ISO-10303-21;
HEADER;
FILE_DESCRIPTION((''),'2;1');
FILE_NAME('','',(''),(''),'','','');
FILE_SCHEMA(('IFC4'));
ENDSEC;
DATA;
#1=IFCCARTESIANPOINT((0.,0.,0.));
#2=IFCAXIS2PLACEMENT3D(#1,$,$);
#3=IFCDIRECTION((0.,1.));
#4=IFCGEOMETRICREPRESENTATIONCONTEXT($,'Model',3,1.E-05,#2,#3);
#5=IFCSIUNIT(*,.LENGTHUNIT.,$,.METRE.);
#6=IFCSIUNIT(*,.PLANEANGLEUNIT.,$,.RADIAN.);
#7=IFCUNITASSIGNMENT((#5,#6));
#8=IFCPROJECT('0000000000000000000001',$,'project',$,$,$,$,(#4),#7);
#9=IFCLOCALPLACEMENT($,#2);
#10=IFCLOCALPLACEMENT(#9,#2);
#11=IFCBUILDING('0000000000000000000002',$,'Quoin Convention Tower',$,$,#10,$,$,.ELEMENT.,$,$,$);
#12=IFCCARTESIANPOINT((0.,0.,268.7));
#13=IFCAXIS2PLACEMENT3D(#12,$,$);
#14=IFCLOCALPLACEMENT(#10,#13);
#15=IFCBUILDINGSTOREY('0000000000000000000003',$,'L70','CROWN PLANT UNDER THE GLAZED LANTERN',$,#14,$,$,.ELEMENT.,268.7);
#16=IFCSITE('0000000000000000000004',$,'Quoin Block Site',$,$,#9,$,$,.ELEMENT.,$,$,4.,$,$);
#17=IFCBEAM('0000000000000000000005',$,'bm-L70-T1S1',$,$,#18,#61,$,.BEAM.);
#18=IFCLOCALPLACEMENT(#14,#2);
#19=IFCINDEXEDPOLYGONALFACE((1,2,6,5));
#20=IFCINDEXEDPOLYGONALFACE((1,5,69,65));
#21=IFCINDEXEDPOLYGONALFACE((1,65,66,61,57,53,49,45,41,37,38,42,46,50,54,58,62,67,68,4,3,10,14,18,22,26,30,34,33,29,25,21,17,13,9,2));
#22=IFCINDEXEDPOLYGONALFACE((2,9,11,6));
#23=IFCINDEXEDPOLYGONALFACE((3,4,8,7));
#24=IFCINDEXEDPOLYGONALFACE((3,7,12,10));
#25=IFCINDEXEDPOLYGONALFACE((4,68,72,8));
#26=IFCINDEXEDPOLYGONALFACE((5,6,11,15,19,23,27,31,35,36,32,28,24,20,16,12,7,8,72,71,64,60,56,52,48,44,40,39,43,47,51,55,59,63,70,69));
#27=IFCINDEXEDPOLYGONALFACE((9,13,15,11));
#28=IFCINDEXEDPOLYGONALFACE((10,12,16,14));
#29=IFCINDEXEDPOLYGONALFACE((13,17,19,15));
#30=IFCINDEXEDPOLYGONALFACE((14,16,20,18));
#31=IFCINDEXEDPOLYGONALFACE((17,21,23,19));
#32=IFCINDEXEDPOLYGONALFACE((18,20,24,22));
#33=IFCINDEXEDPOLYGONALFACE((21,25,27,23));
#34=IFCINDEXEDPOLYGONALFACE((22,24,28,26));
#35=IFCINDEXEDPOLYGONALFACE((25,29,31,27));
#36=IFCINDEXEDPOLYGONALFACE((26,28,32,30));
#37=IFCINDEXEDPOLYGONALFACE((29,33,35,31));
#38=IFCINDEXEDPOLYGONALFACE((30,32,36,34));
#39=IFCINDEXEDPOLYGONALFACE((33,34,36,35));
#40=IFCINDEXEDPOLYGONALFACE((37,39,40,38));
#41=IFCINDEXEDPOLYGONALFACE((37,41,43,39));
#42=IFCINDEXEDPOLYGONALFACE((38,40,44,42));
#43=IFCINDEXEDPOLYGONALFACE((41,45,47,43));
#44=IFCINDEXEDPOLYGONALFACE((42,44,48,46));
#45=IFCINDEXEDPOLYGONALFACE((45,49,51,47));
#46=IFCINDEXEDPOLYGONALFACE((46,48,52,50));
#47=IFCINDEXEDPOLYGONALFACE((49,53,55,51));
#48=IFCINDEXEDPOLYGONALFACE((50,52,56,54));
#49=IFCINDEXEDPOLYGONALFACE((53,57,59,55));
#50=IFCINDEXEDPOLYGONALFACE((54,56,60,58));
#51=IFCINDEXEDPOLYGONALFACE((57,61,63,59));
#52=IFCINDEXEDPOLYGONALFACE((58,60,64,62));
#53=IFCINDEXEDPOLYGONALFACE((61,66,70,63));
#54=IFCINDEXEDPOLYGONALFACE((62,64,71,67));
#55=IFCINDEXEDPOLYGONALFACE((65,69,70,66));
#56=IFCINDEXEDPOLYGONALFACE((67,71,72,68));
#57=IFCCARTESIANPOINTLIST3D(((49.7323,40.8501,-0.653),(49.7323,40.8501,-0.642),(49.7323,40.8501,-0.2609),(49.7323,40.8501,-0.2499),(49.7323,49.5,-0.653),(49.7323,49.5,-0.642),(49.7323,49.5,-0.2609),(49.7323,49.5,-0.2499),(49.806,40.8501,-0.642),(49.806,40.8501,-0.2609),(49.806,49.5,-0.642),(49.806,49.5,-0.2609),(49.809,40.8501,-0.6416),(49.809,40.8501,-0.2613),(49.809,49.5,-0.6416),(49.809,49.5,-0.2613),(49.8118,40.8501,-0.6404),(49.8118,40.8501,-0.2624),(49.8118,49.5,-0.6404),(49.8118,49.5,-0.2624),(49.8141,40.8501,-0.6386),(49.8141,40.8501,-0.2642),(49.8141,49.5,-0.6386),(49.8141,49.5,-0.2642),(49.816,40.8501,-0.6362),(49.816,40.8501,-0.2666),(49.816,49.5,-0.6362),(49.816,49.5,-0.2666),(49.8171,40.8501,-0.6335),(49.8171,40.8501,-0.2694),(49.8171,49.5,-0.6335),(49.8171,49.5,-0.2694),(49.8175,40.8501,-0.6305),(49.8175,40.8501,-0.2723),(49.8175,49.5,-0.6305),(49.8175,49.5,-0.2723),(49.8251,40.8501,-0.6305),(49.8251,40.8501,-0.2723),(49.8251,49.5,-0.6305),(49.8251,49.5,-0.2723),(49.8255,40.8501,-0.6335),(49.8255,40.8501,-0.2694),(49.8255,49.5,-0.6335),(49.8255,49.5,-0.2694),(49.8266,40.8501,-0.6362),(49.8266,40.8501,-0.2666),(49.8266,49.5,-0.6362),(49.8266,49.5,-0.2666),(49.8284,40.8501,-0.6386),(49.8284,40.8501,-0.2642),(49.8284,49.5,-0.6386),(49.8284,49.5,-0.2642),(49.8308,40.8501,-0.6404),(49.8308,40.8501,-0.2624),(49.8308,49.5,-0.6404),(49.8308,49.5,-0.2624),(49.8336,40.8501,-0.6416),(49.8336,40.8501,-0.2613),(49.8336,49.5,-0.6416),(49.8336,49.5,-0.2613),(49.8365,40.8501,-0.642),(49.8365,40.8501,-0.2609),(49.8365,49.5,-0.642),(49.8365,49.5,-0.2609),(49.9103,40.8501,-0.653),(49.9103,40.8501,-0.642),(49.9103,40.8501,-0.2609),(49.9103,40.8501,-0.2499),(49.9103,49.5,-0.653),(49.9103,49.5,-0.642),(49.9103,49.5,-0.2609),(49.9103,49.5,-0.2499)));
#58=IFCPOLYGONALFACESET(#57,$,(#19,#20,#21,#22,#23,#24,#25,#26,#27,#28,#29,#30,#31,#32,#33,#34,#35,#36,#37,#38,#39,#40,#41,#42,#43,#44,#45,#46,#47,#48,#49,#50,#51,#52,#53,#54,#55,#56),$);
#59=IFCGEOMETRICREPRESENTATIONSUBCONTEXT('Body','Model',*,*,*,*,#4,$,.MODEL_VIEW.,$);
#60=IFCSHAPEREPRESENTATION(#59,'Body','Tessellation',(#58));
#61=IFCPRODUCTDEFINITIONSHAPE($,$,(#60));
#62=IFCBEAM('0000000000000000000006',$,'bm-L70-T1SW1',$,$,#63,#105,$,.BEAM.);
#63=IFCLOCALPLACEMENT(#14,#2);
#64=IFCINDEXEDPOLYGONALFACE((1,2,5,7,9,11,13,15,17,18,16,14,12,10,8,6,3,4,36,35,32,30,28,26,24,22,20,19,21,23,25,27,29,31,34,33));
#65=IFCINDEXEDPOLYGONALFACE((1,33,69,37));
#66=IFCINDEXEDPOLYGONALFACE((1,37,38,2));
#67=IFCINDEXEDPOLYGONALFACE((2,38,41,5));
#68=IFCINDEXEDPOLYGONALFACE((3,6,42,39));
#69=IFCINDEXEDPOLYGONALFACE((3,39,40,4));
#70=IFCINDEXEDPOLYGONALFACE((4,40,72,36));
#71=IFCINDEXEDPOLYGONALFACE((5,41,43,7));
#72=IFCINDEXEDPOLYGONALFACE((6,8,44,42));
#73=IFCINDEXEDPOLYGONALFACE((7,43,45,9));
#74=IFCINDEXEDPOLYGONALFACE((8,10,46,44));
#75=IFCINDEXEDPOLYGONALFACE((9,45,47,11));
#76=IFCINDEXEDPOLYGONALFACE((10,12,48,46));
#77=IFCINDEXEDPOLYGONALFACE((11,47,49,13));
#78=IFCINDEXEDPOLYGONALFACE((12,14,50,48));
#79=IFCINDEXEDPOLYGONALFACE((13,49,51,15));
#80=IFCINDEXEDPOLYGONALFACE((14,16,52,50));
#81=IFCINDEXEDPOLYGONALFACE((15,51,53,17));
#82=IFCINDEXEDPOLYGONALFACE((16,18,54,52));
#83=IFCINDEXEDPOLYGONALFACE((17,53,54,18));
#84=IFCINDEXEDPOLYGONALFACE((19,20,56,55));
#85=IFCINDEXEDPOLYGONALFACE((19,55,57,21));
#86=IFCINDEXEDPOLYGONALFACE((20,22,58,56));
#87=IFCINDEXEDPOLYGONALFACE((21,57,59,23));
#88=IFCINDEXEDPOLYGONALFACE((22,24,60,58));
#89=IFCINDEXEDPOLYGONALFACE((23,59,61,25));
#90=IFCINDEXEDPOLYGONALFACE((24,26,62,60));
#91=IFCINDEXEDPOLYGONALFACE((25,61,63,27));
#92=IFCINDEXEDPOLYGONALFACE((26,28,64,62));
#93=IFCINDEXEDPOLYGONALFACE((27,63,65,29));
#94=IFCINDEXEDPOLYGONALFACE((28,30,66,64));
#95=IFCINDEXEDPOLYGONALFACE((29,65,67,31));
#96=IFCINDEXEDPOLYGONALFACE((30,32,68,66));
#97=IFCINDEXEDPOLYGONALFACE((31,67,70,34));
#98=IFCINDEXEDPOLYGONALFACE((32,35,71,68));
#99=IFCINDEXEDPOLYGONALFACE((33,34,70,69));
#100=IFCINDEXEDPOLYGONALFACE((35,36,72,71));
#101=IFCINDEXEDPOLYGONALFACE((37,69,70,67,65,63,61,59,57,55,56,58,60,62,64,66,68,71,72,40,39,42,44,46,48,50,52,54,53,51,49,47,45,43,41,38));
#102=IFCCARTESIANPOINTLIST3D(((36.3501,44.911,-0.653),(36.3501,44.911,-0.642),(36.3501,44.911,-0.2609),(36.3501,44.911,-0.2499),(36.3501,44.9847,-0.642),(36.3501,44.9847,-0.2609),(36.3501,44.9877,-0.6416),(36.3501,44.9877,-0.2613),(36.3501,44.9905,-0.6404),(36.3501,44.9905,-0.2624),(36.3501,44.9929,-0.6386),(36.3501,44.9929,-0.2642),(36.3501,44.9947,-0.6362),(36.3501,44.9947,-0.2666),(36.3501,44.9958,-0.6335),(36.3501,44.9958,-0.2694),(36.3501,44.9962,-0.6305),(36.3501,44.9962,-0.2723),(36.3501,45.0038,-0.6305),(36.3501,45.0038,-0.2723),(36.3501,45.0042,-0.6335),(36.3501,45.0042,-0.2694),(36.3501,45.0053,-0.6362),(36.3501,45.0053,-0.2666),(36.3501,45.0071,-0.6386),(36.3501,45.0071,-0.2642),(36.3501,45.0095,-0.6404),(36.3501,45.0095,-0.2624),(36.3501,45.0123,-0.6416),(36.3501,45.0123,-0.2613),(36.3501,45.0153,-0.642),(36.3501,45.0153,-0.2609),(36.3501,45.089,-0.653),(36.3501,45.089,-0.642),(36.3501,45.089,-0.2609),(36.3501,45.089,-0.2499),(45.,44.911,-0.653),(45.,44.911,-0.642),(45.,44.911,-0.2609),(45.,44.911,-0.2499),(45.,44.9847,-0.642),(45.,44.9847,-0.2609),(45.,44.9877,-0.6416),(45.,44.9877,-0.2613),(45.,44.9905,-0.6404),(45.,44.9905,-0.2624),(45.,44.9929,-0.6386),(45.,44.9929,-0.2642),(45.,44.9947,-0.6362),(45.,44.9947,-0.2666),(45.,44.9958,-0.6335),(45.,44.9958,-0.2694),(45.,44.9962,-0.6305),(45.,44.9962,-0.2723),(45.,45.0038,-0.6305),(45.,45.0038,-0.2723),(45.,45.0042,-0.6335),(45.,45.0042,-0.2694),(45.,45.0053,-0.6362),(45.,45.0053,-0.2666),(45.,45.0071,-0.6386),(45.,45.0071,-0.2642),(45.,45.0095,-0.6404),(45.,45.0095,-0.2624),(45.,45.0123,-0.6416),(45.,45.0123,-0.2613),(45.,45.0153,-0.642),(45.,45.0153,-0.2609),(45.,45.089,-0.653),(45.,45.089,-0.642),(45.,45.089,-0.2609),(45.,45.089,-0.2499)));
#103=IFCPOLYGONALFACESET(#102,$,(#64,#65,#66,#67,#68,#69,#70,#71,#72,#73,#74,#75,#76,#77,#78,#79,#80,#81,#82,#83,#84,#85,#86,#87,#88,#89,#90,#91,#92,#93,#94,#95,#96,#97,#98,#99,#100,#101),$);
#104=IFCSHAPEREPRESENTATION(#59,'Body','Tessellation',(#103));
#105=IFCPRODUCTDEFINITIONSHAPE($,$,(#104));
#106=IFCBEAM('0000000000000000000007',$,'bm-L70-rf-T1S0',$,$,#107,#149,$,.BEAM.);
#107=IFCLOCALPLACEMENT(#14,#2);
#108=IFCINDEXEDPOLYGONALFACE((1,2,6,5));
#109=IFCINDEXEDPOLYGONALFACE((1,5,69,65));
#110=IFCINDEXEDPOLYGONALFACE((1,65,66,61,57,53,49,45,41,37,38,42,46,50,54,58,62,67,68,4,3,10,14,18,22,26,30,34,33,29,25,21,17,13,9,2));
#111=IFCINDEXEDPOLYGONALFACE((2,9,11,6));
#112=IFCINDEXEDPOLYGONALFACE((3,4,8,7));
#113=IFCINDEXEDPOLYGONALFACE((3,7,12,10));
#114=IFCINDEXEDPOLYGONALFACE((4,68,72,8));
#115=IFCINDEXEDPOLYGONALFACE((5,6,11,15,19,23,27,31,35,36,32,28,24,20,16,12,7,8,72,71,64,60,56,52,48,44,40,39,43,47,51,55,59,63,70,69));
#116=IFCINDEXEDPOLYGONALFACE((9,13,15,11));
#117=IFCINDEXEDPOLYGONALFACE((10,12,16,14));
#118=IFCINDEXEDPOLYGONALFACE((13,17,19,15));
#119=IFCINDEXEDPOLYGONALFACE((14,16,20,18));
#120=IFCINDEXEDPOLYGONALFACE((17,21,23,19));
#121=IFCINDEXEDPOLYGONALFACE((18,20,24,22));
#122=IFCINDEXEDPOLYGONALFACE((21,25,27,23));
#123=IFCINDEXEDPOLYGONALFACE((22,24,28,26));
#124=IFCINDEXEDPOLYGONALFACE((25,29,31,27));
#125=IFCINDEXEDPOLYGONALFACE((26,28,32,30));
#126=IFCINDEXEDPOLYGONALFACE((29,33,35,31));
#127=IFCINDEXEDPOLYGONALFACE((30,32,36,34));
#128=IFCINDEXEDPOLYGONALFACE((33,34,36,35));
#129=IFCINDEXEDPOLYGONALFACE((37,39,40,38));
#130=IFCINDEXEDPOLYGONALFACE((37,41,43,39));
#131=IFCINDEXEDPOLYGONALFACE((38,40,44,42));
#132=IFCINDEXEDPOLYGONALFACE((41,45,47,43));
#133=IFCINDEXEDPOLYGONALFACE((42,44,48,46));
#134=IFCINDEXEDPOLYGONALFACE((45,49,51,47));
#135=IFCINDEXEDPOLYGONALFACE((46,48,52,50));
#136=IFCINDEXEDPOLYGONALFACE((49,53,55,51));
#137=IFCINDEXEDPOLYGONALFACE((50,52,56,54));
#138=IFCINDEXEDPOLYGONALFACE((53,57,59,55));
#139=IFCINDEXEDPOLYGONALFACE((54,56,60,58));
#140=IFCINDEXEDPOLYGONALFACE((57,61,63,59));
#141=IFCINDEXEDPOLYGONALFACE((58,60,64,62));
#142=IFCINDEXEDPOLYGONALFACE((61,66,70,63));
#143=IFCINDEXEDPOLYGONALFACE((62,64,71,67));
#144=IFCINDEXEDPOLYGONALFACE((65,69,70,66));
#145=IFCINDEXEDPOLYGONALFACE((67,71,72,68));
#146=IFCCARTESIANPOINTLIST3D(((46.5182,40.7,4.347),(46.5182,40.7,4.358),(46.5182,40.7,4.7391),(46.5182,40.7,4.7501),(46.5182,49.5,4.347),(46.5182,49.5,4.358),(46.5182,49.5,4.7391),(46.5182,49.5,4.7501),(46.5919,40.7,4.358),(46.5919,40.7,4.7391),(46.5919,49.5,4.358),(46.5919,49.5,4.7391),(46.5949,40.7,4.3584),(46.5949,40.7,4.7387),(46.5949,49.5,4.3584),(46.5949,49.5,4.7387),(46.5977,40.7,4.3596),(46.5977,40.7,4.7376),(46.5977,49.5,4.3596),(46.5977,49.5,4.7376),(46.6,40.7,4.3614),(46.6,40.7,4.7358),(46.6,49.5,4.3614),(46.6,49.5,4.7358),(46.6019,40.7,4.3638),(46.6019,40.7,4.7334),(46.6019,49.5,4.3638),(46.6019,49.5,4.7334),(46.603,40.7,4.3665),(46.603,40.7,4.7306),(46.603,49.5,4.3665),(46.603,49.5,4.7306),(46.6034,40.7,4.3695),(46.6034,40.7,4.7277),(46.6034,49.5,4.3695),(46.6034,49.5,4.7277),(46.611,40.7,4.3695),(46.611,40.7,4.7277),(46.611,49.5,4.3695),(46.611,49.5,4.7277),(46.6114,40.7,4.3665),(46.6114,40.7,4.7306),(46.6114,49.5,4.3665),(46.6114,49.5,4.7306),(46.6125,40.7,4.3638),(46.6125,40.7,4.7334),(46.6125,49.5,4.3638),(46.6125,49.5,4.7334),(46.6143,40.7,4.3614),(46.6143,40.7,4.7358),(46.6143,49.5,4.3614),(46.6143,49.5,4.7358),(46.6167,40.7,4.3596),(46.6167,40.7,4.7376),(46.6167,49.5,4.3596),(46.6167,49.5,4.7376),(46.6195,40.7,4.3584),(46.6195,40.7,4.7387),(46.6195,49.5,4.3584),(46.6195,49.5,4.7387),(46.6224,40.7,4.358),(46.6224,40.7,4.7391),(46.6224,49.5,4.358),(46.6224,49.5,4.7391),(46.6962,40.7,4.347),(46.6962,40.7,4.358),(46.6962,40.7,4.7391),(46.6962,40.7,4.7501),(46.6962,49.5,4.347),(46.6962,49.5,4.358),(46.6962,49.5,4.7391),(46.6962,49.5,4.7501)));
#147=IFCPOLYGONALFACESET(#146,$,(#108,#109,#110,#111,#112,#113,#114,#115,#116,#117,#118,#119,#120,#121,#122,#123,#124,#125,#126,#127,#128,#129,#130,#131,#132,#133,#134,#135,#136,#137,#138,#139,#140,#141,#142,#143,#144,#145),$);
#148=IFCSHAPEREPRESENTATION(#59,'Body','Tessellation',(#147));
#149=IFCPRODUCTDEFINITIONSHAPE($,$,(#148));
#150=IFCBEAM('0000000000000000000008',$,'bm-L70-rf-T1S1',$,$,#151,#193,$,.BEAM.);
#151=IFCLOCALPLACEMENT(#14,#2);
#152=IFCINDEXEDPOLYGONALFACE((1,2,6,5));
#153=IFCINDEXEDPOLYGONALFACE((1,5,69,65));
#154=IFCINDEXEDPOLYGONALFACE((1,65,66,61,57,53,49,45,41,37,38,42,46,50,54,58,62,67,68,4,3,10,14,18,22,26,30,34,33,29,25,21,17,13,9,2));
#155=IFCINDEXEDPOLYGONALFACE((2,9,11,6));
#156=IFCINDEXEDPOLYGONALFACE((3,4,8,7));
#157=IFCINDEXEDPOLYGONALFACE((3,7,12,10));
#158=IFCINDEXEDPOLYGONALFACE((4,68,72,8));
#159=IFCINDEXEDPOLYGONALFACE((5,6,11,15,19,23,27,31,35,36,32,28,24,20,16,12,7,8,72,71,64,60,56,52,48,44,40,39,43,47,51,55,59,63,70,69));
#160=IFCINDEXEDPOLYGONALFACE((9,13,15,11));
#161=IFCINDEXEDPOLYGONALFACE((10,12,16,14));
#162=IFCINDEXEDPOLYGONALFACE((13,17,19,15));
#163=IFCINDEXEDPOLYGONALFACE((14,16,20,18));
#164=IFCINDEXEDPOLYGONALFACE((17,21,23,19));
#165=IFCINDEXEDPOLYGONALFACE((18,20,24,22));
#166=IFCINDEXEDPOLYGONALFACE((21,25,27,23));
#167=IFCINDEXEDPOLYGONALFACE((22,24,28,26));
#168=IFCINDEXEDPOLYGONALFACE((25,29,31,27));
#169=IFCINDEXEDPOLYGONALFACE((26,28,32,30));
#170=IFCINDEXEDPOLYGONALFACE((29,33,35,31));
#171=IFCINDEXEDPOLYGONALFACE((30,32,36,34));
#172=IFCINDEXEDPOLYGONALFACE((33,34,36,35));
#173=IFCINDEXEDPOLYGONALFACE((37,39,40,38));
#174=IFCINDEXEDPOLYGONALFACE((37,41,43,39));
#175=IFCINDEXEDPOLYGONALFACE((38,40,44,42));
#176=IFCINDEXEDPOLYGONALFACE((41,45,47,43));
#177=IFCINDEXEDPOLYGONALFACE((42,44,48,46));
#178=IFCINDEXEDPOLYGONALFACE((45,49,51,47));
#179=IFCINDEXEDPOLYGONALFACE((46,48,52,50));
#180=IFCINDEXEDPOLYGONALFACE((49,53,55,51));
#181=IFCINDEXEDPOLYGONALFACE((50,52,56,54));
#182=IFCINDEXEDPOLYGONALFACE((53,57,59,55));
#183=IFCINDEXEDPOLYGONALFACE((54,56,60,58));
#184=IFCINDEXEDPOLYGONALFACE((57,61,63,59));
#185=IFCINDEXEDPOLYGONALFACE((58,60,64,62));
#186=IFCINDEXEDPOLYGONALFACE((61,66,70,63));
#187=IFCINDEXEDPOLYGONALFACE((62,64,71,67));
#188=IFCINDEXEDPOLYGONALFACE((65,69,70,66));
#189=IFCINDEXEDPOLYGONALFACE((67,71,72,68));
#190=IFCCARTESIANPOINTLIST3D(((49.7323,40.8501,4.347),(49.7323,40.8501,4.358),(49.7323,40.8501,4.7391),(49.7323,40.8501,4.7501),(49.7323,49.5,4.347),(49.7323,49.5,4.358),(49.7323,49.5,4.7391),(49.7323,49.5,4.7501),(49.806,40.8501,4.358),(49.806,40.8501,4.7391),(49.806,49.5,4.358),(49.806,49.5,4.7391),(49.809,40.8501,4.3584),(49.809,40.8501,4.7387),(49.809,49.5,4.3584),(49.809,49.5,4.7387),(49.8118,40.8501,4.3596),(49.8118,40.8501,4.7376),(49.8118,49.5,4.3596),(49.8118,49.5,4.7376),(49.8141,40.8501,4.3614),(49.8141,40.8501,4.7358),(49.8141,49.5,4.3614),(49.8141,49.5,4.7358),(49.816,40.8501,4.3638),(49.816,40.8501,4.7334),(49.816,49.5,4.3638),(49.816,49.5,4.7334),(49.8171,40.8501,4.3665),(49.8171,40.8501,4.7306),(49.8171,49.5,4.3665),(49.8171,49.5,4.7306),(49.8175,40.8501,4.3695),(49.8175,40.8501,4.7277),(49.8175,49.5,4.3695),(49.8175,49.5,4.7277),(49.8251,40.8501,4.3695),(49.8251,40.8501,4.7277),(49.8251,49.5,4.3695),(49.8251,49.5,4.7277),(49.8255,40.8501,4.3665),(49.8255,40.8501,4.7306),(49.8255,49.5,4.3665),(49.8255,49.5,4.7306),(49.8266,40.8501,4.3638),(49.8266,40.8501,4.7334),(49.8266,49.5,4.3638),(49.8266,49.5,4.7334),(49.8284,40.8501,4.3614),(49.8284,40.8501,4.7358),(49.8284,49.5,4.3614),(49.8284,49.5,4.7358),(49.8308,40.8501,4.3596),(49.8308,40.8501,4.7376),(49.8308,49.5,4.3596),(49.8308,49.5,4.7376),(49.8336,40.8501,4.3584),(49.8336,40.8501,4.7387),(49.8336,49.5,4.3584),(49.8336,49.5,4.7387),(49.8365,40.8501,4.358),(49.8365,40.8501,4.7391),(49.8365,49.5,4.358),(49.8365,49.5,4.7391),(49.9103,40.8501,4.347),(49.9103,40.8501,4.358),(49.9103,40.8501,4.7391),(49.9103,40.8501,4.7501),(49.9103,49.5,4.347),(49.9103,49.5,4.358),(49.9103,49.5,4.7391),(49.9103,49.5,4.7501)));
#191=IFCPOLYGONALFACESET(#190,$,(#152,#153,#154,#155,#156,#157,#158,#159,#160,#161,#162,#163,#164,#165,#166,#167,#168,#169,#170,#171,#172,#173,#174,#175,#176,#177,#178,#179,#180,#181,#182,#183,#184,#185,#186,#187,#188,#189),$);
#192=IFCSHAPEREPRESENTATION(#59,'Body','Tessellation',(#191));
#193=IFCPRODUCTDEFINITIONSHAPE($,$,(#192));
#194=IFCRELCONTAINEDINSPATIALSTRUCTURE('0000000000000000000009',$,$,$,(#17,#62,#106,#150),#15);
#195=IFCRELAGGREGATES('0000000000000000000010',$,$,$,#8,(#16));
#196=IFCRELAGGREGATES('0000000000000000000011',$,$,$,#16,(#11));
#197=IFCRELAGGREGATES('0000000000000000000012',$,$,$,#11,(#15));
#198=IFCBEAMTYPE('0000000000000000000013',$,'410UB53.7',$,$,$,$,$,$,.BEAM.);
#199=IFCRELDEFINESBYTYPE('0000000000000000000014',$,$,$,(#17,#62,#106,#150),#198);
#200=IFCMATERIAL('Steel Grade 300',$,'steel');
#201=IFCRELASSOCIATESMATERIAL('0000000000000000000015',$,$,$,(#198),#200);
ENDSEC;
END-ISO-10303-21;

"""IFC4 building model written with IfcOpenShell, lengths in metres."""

from ifc_helpers import new_model, si_unit, direction, frame, origin, origin_2d, place, context, subcontext, project, spatial, i_section, extrude, material, material_profile, profile_set, type_object, element, save


model = new_model("IFC4")

# Units and contexts
model_context = context("Model", 3, precision=1e-05, world=origin(), true_north=direction((0.0, 1.0)))
body_context = subcontext(model_context, "Body", "Model", "MODEL_VIEW")
ifc_project = project(units=[si_unit("LENGTHUNIT", "METRE"), si_unit("PLANEANGLEUNIT", "RADIAN")], contexts=[model_context])

# Site, building, storey
site_placement = place(None, origin())
site = spatial("IfcSite", under=ifc_project, at=site_placement, Name="Quoin Block Site", CompositionType="ELEMENT", RefElevation=4.0)
building_placement = place(site_placement, origin())
building = spatial("IfcBuilding", under=site, at=building_placement, Name="Quoin Convention Tower", CompositionType="ELEMENT")
storey_placement = place(building_placement, frame((0.0, 0.0, 268.7)))
storey = spatial("IfcBuildingStorey", under=building, at=storey_placement, Name="L70", Description="CROWN PLANT UNDER THE GLAZED LANTERN", CompositionType="ELEMENT", Elevation=268.7)

# Beams
ifc_material_1 = material(Name="Steel Grade 300", Category="steel")
ifc_material_profile_1 = material_profile(ifc_material_1, i_section(OverallWidth=0.178, OverallDepth=0.4031, WebThickness=0.0076, FlangeThickness=0.011, FilletRadius=0.0115, at=origin_2d()), Name="410UB53.7")
ifc_profile_set_1 = profile_set([ifc_material_profile_1], Name="Steel Grade 300")
beam_type_1 = type_object("IfcBeamType", Name="410UB53.7", PredefinedType="BEAM", material=ifc_profile_set_1)
for number, where, z_axis, x_axis, name in (
    (1, (49.8213, 40.8501, -0.4514), (0.0, 1.0, 0.0), (-1.0, 0.0, 0.0), "bm-L70-T1S1"),
    (2, (36.3501, 45.0, -0.4514), (1.0, 0.0, 0.0), (0.0, 1.0, 0.0), "bm-L70-T1SW1"),
):
    element("IfcBeam", number, at=place(storey_placement, frame(where, z_axis=z_axis, x_axis=x_axis)), inside=storey, type_object=beam_type_1, Name=name, PredefinedType="BEAM", context=body_context, shape_type="SweptSolid", body=[
        extrude(i_section(OverallWidth=0.178, OverallDepth=0.4031, WebThickness=0.0076, FlangeThickness=0.011, FilletRadius=0.0115, at=origin_2d()), origin(), (0.0, 0.0, 1.0), 8.6499),
    ])
beam_1_placement = place(storey_placement, frame((46.6072, 40.7, 4.5486), z_axis=(0.0, 1.0, 0.0), x_axis=(-1.0, 0.0, 0.0)))
element("IfcBeam", 3, at=beam_1_placement, inside=storey, type_object=beam_type_1, Name="bm-L70-rf-T1S0", PredefinedType="BEAM", context=body_context, shape_type="SweptSolid", body=[
    extrude(i_section(OverallWidth=0.178, OverallDepth=0.4031, WebThickness=0.0076, FlangeThickness=0.011, FilletRadius=0.0115, at=origin_2d()), origin(), (0.0, 0.0, 1.0), 8.8),
])
for number, where, z_axis, x_axis, name in (
    (4, (49.8213, 40.8501, 4.5486), (0.0, 1.0, 0.0), (-1.0, 0.0, 0.0), "bm-L70-rf-T1S1"),
):
    element("IfcBeam", number, at=place(storey_placement, frame(where, z_axis=z_axis, x_axis=x_axis)), inside=storey, type_object=beam_type_1, Name=name, PredefinedType="BEAM", context=body_context, shape_type="SweptSolid", body=[
        extrude(i_section(OverallWidth=0.178, OverallDepth=0.4031, WebThickness=0.0076, FlangeThickness=0.011, FilletRadius=0.0115, at=origin_2d()), origin(), (0.0, 0.0, 1.0), 8.6499),
    ])

save(model, "model.ifc")
